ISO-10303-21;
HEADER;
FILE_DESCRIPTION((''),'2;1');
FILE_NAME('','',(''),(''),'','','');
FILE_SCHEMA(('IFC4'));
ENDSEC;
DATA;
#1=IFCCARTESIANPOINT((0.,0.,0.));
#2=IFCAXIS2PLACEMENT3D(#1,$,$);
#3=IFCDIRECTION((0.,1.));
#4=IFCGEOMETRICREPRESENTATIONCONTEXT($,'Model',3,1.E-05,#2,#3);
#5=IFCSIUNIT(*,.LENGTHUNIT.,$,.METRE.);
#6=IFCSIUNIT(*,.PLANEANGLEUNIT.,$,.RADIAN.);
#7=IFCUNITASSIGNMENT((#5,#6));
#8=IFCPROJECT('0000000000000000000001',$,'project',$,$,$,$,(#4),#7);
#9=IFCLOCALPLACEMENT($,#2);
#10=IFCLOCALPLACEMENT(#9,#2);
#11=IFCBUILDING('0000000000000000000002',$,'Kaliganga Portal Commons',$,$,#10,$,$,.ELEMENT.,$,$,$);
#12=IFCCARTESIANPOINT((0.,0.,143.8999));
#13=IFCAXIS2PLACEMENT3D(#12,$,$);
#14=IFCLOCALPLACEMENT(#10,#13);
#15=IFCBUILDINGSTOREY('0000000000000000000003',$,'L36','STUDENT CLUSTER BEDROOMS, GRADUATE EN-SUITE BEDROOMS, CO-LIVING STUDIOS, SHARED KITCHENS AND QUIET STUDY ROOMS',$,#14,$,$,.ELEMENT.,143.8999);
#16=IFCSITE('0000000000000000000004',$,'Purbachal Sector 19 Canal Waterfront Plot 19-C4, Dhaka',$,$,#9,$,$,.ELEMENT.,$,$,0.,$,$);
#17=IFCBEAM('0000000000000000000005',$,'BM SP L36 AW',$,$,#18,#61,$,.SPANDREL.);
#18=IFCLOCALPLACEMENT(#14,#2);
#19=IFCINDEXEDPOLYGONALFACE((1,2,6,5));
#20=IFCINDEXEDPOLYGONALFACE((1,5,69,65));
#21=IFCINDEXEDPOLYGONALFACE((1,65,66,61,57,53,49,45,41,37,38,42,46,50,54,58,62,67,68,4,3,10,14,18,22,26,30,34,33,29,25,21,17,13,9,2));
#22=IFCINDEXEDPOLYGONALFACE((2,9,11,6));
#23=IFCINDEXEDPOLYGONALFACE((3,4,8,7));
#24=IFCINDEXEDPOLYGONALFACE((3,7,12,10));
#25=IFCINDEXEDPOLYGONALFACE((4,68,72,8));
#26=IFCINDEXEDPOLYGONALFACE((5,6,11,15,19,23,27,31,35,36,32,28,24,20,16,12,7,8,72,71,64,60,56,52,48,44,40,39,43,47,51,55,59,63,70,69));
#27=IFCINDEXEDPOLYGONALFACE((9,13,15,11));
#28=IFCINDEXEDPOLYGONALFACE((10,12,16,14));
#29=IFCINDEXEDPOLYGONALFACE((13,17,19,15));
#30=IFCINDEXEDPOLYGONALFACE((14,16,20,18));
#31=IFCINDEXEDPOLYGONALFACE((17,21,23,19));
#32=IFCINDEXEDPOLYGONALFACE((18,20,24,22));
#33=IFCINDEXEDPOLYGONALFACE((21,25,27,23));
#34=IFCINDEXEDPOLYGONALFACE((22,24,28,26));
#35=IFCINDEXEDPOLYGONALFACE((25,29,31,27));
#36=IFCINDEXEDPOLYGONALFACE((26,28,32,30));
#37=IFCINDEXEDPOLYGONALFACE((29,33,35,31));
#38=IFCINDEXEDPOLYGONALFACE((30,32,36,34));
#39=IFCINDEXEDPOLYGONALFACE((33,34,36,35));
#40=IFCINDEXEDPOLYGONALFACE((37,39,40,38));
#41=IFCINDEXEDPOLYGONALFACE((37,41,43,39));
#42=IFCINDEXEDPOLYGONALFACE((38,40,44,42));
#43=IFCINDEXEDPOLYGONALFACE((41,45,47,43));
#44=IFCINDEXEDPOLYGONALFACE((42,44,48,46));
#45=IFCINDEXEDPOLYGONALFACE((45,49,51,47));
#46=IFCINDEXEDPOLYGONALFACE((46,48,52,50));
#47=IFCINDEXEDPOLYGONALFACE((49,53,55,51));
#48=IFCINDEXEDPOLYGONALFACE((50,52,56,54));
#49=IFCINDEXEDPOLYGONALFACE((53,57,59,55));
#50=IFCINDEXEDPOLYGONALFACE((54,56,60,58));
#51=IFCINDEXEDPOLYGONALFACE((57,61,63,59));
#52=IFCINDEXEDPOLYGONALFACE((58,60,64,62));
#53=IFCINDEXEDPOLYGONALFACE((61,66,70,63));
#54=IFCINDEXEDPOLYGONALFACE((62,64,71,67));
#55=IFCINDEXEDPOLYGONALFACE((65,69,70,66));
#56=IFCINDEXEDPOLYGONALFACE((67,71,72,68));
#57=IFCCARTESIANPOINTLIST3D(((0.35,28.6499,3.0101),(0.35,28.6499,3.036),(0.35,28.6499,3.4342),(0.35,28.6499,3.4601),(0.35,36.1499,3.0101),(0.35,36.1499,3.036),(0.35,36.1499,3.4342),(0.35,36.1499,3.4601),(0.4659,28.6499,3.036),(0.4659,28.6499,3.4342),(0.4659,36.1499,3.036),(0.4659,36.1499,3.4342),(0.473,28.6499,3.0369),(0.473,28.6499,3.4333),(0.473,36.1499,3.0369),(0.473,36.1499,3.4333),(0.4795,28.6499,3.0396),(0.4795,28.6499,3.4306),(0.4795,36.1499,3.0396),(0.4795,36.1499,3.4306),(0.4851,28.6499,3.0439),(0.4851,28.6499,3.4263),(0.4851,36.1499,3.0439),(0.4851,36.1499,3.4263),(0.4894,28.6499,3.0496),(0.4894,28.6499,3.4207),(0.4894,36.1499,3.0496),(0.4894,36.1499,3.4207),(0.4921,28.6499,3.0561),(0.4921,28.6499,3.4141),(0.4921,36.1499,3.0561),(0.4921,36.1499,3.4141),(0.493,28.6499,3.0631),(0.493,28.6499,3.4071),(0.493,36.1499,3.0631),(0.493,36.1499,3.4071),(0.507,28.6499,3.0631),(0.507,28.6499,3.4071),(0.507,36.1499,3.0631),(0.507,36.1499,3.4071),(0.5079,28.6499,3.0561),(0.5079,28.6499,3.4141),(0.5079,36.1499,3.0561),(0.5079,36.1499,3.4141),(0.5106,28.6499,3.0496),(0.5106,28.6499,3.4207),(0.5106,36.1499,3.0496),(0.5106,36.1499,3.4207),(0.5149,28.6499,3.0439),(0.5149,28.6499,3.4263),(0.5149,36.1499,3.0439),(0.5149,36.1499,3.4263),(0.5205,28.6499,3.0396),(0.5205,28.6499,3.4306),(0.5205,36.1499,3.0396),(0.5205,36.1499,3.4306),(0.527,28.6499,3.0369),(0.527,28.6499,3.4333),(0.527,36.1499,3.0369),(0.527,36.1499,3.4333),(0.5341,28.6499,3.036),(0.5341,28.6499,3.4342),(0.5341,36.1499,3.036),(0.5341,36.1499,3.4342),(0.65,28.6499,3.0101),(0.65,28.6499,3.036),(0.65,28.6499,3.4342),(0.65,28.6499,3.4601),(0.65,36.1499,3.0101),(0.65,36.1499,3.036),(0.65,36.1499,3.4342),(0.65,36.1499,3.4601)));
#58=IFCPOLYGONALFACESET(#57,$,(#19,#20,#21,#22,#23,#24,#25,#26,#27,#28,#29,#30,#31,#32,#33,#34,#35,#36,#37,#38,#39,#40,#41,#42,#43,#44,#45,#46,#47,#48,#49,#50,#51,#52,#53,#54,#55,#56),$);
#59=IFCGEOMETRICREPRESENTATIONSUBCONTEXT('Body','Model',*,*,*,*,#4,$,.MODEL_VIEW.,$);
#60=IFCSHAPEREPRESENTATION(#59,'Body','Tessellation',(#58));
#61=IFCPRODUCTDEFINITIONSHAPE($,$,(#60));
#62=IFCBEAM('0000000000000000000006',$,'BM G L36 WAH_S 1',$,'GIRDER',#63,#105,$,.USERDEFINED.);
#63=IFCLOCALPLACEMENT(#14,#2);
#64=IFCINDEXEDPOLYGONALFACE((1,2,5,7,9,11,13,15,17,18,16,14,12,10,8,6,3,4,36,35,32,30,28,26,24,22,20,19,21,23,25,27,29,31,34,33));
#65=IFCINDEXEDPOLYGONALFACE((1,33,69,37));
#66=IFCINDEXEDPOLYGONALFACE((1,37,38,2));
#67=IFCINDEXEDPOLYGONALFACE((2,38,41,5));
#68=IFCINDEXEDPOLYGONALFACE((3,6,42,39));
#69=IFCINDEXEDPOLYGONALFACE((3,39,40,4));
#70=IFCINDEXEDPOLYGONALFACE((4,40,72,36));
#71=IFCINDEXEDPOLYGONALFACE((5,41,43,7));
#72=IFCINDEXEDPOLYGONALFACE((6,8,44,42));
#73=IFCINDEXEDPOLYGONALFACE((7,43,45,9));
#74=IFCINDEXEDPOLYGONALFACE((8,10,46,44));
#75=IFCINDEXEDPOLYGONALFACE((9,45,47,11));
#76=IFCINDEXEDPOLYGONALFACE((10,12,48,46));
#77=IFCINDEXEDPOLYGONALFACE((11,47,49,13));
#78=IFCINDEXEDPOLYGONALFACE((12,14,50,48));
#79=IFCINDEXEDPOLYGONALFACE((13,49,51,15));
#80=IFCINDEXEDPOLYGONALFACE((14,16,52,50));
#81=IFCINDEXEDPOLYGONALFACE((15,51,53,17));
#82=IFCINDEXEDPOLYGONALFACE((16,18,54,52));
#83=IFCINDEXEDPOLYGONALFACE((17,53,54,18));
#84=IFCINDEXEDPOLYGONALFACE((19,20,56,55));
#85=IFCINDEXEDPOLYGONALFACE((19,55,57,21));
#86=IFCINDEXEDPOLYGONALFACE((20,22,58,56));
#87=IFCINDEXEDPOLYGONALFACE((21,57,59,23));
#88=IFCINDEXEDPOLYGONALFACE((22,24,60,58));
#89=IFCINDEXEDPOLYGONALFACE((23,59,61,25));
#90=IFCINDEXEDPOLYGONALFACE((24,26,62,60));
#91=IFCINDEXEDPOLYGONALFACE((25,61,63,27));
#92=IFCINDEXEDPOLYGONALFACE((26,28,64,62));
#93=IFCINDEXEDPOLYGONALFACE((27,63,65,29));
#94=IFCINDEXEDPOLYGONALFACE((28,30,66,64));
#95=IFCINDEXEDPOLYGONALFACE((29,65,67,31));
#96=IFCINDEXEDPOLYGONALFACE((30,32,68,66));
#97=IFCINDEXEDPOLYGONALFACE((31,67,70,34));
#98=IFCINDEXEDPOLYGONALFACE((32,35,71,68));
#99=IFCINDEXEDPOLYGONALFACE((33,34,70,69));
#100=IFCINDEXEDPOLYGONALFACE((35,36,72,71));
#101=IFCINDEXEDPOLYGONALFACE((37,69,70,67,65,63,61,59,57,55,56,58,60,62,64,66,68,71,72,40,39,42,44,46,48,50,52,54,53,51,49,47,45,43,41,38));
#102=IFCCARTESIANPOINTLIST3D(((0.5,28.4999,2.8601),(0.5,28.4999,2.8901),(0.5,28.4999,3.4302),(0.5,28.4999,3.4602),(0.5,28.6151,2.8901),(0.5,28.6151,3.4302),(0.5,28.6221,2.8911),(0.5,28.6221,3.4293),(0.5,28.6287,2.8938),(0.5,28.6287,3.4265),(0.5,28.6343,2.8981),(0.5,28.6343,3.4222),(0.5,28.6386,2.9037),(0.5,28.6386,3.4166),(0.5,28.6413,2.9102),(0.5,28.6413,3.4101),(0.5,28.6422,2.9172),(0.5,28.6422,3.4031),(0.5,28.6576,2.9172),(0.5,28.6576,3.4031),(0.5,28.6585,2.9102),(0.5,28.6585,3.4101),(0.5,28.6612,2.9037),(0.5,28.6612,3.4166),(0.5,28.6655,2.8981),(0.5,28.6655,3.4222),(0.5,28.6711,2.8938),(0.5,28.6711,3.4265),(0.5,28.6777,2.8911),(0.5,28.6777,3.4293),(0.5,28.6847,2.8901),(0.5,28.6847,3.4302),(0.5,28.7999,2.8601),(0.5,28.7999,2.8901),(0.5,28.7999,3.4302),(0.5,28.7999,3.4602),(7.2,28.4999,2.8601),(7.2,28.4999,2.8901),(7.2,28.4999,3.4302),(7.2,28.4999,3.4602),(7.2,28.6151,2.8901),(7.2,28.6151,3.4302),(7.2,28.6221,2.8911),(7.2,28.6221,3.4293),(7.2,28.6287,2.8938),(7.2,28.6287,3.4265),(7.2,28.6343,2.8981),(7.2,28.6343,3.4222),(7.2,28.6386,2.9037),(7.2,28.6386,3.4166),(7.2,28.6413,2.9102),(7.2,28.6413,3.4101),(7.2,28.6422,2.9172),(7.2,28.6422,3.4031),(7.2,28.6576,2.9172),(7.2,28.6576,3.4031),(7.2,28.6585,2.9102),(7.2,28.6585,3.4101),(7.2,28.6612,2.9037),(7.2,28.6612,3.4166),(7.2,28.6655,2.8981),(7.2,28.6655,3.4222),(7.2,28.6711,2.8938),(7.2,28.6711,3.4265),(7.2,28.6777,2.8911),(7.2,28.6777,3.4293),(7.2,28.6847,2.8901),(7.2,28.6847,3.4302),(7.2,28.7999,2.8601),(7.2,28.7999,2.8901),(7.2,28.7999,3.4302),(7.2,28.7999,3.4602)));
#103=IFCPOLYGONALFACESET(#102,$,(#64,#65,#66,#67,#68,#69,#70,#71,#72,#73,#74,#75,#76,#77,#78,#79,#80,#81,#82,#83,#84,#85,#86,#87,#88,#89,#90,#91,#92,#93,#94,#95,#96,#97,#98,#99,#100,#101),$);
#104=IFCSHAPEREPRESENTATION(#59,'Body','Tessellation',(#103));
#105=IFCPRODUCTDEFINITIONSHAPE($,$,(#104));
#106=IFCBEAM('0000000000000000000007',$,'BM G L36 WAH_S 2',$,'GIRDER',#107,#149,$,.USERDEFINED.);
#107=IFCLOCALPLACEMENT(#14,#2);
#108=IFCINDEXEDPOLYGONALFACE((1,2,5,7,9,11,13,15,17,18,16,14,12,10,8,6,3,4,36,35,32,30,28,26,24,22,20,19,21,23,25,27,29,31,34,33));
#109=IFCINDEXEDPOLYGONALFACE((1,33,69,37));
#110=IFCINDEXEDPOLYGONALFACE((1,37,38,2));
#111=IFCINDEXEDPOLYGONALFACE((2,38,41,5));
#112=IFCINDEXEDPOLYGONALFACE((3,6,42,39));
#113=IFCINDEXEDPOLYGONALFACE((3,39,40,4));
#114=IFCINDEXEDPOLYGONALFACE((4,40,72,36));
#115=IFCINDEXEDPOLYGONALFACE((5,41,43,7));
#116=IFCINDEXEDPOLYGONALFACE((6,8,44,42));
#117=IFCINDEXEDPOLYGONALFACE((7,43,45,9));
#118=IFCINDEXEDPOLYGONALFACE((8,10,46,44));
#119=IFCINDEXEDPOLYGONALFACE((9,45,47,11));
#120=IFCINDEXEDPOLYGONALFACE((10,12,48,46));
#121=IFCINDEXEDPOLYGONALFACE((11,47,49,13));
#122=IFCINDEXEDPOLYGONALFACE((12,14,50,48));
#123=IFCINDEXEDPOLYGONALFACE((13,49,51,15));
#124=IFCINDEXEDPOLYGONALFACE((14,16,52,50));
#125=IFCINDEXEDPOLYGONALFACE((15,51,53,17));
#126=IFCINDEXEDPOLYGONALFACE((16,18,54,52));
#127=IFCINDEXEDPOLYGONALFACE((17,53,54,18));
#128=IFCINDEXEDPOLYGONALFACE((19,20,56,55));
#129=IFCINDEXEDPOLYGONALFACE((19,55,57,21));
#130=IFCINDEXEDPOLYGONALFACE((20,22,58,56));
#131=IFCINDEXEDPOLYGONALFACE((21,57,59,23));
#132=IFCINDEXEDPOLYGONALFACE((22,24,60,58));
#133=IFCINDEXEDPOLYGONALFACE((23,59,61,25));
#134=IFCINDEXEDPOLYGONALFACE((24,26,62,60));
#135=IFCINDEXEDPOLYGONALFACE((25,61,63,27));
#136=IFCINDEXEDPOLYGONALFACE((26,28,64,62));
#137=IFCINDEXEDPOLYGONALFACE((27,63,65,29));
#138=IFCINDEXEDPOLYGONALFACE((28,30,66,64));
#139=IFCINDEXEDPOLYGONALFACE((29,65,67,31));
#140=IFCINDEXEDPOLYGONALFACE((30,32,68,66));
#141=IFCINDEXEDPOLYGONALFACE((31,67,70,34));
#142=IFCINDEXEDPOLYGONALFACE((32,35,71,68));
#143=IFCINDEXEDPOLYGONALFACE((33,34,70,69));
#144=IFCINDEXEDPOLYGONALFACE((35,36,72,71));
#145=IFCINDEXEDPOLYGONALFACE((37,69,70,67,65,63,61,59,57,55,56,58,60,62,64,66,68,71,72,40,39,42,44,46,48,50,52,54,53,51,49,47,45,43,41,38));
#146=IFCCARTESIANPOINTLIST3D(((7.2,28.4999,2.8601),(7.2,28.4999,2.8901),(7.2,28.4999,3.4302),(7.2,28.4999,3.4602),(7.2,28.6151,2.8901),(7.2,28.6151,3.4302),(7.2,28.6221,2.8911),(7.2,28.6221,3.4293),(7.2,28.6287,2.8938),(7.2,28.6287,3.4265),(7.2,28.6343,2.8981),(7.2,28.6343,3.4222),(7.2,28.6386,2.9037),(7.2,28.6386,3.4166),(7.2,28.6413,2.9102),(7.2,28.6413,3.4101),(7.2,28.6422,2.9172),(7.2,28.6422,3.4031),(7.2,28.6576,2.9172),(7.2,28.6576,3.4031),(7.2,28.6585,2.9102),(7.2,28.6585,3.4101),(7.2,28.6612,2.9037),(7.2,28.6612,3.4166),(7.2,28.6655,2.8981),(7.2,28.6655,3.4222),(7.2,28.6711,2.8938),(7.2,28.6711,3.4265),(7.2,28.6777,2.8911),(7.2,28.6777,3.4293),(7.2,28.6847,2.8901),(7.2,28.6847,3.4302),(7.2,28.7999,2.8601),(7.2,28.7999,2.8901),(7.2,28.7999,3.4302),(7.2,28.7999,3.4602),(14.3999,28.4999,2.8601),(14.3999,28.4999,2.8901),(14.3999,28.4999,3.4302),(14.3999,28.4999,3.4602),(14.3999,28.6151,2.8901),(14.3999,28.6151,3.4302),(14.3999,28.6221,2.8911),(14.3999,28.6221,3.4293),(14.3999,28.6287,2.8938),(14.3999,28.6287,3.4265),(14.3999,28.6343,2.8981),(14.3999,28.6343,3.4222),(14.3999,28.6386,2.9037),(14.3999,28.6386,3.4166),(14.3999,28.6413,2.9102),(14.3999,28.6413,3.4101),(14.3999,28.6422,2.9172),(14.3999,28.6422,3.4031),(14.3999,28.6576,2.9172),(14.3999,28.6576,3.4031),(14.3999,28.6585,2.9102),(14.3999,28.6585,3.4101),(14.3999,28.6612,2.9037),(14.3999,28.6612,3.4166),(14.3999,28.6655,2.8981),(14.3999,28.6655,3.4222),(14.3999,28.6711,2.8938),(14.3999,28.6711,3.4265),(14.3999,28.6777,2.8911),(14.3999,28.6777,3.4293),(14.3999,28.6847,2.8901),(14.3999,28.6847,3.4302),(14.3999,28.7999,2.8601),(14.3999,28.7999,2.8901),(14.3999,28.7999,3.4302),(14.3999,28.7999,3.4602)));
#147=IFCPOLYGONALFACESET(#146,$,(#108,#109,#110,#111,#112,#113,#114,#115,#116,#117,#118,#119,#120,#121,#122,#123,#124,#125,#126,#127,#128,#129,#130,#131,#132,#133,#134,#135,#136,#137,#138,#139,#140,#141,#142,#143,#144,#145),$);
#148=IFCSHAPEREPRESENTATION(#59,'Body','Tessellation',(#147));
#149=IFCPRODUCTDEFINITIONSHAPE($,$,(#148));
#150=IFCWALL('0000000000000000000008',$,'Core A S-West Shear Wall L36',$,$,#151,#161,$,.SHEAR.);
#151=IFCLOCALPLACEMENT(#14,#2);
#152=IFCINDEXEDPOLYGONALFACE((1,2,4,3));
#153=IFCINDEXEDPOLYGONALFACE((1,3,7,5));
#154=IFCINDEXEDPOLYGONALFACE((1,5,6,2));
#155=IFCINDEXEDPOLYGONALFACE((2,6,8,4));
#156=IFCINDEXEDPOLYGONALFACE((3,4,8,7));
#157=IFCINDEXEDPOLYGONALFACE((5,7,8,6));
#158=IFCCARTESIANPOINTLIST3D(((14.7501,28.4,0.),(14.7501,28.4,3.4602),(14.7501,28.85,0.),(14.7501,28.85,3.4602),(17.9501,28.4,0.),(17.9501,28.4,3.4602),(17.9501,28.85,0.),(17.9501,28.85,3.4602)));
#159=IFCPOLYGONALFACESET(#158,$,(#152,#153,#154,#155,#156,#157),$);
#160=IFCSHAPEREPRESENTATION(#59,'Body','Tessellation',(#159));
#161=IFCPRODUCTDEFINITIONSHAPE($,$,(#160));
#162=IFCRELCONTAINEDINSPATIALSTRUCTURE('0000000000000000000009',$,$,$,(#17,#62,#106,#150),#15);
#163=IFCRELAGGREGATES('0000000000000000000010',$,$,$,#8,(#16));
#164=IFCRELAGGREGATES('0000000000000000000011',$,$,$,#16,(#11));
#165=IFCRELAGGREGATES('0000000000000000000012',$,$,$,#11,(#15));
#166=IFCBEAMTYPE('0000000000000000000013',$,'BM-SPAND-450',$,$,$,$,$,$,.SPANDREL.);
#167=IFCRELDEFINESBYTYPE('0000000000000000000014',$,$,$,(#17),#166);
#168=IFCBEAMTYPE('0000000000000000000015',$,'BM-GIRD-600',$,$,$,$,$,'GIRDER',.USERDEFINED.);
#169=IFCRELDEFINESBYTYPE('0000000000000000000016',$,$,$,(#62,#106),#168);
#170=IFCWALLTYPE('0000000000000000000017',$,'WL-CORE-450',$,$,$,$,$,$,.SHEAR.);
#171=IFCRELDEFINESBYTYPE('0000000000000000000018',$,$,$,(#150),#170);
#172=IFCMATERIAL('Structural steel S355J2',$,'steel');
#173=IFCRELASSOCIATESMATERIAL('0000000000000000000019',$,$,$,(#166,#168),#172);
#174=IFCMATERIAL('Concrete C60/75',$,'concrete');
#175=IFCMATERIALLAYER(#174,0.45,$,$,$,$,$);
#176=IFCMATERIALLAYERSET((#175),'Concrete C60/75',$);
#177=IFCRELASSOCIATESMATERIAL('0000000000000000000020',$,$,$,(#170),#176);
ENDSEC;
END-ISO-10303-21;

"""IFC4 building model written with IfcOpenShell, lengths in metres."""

from ifc_helpers import new_model, si_unit, direction, frame, frame_2d, origin, origin_2d, place, context, subcontext, project, spatial, rectangle, i_section, extrude, source, transform, mapped, material, layer, layer_set, material_profile, profile_set, type_object, element, save


model = new_model("IFC4")

# Units and contexts
model_context = context("Model", 3, precision=1e-05, world=origin(), true_north=direction((0.0, 1.0)))
body_context = subcontext(model_context, "Body", "Model", "MODEL_VIEW")
ifc_project = project(units=[si_unit("LENGTHUNIT", "METRE"), si_unit("PLANEANGLEUNIT", "RADIAN")], contexts=[model_context])

# Site, building, storey
site_placement = place(None, origin())
site = spatial("IfcSite", under=ifc_project, at=site_placement, Name="Purbachal Sector 19 Canal Waterfront Plot 19-C4, Dhaka", CompositionType="ELEMENT", RefElevation=0.0)
building_placement = place(site_placement, origin())
building = spatial("IfcBuilding", under=site, at=building_placement, Name="Kaliganga Portal Commons", CompositionType="ELEMENT")
storey_placement = place(building_placement, frame((0.0, 0.0, 143.8999)))
storey = spatial("IfcBuildingStorey", under=building, at=storey_placement, Name="L36", Description="STUDENT CLUSTER BEDROOMS, GRADUATE EN-SUITE BEDROOMS, CO-LIVING STUDIOS, SHARED KITCHENS AND QUIET STUDY ROOMS", CompositionType="ELEMENT", Elevation=143.8999)

# Shared definitions
ifc_material_1 = material(Name="Concrete C60/75", Category="concrete")

# Beams
ifc_material_2 = material(Name="Structural steel S355J2", Category="steel")
ifc_material_profile_1 = material_profile(ifc_material_2, i_section(OverallWidth=0.3, OverallDepth=0.45, WebThickness=0.0139, FlangeThickness=0.0259, FilletRadius=0.0271, at=origin_2d()), Name="HE 450 B")
ifc_profile_set_1 = profile_set([ifc_material_profile_1], Name="Structural steel S355J2 wide-flange")
beam_type_1 = type_object("IfcBeamType", Name="BM-SPAND-450", PredefinedType="SPANDREL", material=ifc_profile_set_1)
shared_shape_1 = source(origin(), body_context, "Body", "SweptSolid", [
    extrude(i_section(OverallWidth=0.3, OverallDepth=0.45, WebThickness=0.0139, FlangeThickness=0.0259, FilletRadius=0.0271, at=origin_2d()), origin(), (0.0, 0.0, 1.0), 7.5),
])
beam_1_placement = place(storey_placement, frame((0.5, 28.6499, 3.2351), z_axis=(0.0, 1.0, 0.0), x_axis=(-1.0, 0.0, 0.0)))
element("IfcBeam", 1, at=beam_1_placement, inside=storey, type_object=beam_type_1, Name="BM SP L36 AW", PredefinedType="SPANDREL", context=body_context, shape_type="MappedRepresentation", body=[
    mapped(shared_shape_1, transform((0.0, 0.0, 0.0), x_axis=(1.0, 0.0, 0.0), y_axis=(0.0, 1.0, 0.0), z_axis=(0.0, 0.0, 1.0), scale=1.0)),
])
ifc_material_profile_2 = material_profile(ifc_material_2, i_section(OverallWidth=0.3, OverallDepth=0.6001, WebThickness=0.0154, FlangeThickness=0.03, FilletRadius=0.0271, at=origin_2d()), Name="HE 600 B")
ifc_profile_set_2 = profile_set([ifc_material_profile_2], Name="Structural steel S355J2 wide-flange")
beam_type_2 = type_object("IfcBeamType", Name="BM-GIRD-600", ElementType="GIRDER", PredefinedType="USERDEFINED", material=ifc_profile_set_2)
shared_shape_2 = source(origin(), body_context, "Body", "SweptSolid", [
    extrude(i_section(OverallWidth=0.3, OverallDepth=0.6001, WebThickness=0.0154, FlangeThickness=0.03, FilletRadius=0.0271, at=origin_2d()), origin(), (0.0, 0.0, 1.0), 6.7),
])
beam_2_placement = place(storey_placement, frame((0.5, 28.6499, 3.1602), z_axis=(1.0, 0.0, 0.0), x_axis=(0.0, 1.0, 0.0)))
element("IfcBeam", 2, at=beam_2_placement, inside=storey, type_object=beam_type_2, Name="BM G L36 WAH_S 1", ObjectType="GIRDER", PredefinedType="USERDEFINED", context=body_context, shape_type="MappedRepresentation", body=[
    mapped(shared_shape_2, transform((0.0, 0.0, 0.0), x_axis=(1.0, 0.0, 0.0), y_axis=(0.0, 1.0, 0.0), z_axis=(0.0, 0.0, 1.0), scale=1.0)),
])
shared_shape_3 = source(origin(), body_context, "Body", "SweptSolid", [
    extrude(i_section(OverallWidth=0.3, OverallDepth=0.6001, WebThickness=0.0154, FlangeThickness=0.03, FilletRadius=0.0271, at=origin_2d()), origin(), (0.0, 0.0, 1.0), 7.2),
])
beam_3_placement = place(storey_placement, frame((7.2, 28.6499, 3.1602), z_axis=(1.0, 0.0, 0.0), x_axis=(0.0, 1.0, 0.0)))
element("IfcBeam", 3, at=beam_3_placement, inside=storey, type_object=beam_type_2, Name="BM G L36 WAH_S 2", ObjectType="GIRDER", PredefinedType="USERDEFINED", context=body_context, shape_type="MappedRepresentation", body=[
    mapped(shared_shape_3, transform((0.0, 0.0, 0.0), x_axis=(1.0, 0.0, 0.0), y_axis=(0.0, 1.0, 0.0), z_axis=(0.0, 0.0, 1.0), scale=1.0)),
])

# Wall
ifc_layer_1 = layer(ifc_material_1, 0.45)
ifc_layer_set_1 = layer_set([ifc_layer_1], Name="Concrete C60/75")
wall_type_1 = type_object("IfcWallType", Name="WL-CORE-450", PredefinedType="SHEAR", material=ifc_layer_set_1)
wall_1_placement = place(storey_placement, frame((14.75, 28.625, 0.0), z_axis=(0.0, 0.0, 1.0), x_axis=(1.0, 0.0, 0.0)))
element("IfcWall", 4, at=wall_1_placement, inside=storey, type_object=wall_type_1, Name="Core A S-West Shear Wall L36", PredefinedType="SHEAR", context=body_context, shape_type="SweptSolid", body=[
    extrude(rectangle(XDim=3.2, YDim=0.45, at=frame_2d((1.6001, 0.0))), origin(), (0.0, 0.0, 1.0), 3.4602),
])

save(model, "model.ifc")
